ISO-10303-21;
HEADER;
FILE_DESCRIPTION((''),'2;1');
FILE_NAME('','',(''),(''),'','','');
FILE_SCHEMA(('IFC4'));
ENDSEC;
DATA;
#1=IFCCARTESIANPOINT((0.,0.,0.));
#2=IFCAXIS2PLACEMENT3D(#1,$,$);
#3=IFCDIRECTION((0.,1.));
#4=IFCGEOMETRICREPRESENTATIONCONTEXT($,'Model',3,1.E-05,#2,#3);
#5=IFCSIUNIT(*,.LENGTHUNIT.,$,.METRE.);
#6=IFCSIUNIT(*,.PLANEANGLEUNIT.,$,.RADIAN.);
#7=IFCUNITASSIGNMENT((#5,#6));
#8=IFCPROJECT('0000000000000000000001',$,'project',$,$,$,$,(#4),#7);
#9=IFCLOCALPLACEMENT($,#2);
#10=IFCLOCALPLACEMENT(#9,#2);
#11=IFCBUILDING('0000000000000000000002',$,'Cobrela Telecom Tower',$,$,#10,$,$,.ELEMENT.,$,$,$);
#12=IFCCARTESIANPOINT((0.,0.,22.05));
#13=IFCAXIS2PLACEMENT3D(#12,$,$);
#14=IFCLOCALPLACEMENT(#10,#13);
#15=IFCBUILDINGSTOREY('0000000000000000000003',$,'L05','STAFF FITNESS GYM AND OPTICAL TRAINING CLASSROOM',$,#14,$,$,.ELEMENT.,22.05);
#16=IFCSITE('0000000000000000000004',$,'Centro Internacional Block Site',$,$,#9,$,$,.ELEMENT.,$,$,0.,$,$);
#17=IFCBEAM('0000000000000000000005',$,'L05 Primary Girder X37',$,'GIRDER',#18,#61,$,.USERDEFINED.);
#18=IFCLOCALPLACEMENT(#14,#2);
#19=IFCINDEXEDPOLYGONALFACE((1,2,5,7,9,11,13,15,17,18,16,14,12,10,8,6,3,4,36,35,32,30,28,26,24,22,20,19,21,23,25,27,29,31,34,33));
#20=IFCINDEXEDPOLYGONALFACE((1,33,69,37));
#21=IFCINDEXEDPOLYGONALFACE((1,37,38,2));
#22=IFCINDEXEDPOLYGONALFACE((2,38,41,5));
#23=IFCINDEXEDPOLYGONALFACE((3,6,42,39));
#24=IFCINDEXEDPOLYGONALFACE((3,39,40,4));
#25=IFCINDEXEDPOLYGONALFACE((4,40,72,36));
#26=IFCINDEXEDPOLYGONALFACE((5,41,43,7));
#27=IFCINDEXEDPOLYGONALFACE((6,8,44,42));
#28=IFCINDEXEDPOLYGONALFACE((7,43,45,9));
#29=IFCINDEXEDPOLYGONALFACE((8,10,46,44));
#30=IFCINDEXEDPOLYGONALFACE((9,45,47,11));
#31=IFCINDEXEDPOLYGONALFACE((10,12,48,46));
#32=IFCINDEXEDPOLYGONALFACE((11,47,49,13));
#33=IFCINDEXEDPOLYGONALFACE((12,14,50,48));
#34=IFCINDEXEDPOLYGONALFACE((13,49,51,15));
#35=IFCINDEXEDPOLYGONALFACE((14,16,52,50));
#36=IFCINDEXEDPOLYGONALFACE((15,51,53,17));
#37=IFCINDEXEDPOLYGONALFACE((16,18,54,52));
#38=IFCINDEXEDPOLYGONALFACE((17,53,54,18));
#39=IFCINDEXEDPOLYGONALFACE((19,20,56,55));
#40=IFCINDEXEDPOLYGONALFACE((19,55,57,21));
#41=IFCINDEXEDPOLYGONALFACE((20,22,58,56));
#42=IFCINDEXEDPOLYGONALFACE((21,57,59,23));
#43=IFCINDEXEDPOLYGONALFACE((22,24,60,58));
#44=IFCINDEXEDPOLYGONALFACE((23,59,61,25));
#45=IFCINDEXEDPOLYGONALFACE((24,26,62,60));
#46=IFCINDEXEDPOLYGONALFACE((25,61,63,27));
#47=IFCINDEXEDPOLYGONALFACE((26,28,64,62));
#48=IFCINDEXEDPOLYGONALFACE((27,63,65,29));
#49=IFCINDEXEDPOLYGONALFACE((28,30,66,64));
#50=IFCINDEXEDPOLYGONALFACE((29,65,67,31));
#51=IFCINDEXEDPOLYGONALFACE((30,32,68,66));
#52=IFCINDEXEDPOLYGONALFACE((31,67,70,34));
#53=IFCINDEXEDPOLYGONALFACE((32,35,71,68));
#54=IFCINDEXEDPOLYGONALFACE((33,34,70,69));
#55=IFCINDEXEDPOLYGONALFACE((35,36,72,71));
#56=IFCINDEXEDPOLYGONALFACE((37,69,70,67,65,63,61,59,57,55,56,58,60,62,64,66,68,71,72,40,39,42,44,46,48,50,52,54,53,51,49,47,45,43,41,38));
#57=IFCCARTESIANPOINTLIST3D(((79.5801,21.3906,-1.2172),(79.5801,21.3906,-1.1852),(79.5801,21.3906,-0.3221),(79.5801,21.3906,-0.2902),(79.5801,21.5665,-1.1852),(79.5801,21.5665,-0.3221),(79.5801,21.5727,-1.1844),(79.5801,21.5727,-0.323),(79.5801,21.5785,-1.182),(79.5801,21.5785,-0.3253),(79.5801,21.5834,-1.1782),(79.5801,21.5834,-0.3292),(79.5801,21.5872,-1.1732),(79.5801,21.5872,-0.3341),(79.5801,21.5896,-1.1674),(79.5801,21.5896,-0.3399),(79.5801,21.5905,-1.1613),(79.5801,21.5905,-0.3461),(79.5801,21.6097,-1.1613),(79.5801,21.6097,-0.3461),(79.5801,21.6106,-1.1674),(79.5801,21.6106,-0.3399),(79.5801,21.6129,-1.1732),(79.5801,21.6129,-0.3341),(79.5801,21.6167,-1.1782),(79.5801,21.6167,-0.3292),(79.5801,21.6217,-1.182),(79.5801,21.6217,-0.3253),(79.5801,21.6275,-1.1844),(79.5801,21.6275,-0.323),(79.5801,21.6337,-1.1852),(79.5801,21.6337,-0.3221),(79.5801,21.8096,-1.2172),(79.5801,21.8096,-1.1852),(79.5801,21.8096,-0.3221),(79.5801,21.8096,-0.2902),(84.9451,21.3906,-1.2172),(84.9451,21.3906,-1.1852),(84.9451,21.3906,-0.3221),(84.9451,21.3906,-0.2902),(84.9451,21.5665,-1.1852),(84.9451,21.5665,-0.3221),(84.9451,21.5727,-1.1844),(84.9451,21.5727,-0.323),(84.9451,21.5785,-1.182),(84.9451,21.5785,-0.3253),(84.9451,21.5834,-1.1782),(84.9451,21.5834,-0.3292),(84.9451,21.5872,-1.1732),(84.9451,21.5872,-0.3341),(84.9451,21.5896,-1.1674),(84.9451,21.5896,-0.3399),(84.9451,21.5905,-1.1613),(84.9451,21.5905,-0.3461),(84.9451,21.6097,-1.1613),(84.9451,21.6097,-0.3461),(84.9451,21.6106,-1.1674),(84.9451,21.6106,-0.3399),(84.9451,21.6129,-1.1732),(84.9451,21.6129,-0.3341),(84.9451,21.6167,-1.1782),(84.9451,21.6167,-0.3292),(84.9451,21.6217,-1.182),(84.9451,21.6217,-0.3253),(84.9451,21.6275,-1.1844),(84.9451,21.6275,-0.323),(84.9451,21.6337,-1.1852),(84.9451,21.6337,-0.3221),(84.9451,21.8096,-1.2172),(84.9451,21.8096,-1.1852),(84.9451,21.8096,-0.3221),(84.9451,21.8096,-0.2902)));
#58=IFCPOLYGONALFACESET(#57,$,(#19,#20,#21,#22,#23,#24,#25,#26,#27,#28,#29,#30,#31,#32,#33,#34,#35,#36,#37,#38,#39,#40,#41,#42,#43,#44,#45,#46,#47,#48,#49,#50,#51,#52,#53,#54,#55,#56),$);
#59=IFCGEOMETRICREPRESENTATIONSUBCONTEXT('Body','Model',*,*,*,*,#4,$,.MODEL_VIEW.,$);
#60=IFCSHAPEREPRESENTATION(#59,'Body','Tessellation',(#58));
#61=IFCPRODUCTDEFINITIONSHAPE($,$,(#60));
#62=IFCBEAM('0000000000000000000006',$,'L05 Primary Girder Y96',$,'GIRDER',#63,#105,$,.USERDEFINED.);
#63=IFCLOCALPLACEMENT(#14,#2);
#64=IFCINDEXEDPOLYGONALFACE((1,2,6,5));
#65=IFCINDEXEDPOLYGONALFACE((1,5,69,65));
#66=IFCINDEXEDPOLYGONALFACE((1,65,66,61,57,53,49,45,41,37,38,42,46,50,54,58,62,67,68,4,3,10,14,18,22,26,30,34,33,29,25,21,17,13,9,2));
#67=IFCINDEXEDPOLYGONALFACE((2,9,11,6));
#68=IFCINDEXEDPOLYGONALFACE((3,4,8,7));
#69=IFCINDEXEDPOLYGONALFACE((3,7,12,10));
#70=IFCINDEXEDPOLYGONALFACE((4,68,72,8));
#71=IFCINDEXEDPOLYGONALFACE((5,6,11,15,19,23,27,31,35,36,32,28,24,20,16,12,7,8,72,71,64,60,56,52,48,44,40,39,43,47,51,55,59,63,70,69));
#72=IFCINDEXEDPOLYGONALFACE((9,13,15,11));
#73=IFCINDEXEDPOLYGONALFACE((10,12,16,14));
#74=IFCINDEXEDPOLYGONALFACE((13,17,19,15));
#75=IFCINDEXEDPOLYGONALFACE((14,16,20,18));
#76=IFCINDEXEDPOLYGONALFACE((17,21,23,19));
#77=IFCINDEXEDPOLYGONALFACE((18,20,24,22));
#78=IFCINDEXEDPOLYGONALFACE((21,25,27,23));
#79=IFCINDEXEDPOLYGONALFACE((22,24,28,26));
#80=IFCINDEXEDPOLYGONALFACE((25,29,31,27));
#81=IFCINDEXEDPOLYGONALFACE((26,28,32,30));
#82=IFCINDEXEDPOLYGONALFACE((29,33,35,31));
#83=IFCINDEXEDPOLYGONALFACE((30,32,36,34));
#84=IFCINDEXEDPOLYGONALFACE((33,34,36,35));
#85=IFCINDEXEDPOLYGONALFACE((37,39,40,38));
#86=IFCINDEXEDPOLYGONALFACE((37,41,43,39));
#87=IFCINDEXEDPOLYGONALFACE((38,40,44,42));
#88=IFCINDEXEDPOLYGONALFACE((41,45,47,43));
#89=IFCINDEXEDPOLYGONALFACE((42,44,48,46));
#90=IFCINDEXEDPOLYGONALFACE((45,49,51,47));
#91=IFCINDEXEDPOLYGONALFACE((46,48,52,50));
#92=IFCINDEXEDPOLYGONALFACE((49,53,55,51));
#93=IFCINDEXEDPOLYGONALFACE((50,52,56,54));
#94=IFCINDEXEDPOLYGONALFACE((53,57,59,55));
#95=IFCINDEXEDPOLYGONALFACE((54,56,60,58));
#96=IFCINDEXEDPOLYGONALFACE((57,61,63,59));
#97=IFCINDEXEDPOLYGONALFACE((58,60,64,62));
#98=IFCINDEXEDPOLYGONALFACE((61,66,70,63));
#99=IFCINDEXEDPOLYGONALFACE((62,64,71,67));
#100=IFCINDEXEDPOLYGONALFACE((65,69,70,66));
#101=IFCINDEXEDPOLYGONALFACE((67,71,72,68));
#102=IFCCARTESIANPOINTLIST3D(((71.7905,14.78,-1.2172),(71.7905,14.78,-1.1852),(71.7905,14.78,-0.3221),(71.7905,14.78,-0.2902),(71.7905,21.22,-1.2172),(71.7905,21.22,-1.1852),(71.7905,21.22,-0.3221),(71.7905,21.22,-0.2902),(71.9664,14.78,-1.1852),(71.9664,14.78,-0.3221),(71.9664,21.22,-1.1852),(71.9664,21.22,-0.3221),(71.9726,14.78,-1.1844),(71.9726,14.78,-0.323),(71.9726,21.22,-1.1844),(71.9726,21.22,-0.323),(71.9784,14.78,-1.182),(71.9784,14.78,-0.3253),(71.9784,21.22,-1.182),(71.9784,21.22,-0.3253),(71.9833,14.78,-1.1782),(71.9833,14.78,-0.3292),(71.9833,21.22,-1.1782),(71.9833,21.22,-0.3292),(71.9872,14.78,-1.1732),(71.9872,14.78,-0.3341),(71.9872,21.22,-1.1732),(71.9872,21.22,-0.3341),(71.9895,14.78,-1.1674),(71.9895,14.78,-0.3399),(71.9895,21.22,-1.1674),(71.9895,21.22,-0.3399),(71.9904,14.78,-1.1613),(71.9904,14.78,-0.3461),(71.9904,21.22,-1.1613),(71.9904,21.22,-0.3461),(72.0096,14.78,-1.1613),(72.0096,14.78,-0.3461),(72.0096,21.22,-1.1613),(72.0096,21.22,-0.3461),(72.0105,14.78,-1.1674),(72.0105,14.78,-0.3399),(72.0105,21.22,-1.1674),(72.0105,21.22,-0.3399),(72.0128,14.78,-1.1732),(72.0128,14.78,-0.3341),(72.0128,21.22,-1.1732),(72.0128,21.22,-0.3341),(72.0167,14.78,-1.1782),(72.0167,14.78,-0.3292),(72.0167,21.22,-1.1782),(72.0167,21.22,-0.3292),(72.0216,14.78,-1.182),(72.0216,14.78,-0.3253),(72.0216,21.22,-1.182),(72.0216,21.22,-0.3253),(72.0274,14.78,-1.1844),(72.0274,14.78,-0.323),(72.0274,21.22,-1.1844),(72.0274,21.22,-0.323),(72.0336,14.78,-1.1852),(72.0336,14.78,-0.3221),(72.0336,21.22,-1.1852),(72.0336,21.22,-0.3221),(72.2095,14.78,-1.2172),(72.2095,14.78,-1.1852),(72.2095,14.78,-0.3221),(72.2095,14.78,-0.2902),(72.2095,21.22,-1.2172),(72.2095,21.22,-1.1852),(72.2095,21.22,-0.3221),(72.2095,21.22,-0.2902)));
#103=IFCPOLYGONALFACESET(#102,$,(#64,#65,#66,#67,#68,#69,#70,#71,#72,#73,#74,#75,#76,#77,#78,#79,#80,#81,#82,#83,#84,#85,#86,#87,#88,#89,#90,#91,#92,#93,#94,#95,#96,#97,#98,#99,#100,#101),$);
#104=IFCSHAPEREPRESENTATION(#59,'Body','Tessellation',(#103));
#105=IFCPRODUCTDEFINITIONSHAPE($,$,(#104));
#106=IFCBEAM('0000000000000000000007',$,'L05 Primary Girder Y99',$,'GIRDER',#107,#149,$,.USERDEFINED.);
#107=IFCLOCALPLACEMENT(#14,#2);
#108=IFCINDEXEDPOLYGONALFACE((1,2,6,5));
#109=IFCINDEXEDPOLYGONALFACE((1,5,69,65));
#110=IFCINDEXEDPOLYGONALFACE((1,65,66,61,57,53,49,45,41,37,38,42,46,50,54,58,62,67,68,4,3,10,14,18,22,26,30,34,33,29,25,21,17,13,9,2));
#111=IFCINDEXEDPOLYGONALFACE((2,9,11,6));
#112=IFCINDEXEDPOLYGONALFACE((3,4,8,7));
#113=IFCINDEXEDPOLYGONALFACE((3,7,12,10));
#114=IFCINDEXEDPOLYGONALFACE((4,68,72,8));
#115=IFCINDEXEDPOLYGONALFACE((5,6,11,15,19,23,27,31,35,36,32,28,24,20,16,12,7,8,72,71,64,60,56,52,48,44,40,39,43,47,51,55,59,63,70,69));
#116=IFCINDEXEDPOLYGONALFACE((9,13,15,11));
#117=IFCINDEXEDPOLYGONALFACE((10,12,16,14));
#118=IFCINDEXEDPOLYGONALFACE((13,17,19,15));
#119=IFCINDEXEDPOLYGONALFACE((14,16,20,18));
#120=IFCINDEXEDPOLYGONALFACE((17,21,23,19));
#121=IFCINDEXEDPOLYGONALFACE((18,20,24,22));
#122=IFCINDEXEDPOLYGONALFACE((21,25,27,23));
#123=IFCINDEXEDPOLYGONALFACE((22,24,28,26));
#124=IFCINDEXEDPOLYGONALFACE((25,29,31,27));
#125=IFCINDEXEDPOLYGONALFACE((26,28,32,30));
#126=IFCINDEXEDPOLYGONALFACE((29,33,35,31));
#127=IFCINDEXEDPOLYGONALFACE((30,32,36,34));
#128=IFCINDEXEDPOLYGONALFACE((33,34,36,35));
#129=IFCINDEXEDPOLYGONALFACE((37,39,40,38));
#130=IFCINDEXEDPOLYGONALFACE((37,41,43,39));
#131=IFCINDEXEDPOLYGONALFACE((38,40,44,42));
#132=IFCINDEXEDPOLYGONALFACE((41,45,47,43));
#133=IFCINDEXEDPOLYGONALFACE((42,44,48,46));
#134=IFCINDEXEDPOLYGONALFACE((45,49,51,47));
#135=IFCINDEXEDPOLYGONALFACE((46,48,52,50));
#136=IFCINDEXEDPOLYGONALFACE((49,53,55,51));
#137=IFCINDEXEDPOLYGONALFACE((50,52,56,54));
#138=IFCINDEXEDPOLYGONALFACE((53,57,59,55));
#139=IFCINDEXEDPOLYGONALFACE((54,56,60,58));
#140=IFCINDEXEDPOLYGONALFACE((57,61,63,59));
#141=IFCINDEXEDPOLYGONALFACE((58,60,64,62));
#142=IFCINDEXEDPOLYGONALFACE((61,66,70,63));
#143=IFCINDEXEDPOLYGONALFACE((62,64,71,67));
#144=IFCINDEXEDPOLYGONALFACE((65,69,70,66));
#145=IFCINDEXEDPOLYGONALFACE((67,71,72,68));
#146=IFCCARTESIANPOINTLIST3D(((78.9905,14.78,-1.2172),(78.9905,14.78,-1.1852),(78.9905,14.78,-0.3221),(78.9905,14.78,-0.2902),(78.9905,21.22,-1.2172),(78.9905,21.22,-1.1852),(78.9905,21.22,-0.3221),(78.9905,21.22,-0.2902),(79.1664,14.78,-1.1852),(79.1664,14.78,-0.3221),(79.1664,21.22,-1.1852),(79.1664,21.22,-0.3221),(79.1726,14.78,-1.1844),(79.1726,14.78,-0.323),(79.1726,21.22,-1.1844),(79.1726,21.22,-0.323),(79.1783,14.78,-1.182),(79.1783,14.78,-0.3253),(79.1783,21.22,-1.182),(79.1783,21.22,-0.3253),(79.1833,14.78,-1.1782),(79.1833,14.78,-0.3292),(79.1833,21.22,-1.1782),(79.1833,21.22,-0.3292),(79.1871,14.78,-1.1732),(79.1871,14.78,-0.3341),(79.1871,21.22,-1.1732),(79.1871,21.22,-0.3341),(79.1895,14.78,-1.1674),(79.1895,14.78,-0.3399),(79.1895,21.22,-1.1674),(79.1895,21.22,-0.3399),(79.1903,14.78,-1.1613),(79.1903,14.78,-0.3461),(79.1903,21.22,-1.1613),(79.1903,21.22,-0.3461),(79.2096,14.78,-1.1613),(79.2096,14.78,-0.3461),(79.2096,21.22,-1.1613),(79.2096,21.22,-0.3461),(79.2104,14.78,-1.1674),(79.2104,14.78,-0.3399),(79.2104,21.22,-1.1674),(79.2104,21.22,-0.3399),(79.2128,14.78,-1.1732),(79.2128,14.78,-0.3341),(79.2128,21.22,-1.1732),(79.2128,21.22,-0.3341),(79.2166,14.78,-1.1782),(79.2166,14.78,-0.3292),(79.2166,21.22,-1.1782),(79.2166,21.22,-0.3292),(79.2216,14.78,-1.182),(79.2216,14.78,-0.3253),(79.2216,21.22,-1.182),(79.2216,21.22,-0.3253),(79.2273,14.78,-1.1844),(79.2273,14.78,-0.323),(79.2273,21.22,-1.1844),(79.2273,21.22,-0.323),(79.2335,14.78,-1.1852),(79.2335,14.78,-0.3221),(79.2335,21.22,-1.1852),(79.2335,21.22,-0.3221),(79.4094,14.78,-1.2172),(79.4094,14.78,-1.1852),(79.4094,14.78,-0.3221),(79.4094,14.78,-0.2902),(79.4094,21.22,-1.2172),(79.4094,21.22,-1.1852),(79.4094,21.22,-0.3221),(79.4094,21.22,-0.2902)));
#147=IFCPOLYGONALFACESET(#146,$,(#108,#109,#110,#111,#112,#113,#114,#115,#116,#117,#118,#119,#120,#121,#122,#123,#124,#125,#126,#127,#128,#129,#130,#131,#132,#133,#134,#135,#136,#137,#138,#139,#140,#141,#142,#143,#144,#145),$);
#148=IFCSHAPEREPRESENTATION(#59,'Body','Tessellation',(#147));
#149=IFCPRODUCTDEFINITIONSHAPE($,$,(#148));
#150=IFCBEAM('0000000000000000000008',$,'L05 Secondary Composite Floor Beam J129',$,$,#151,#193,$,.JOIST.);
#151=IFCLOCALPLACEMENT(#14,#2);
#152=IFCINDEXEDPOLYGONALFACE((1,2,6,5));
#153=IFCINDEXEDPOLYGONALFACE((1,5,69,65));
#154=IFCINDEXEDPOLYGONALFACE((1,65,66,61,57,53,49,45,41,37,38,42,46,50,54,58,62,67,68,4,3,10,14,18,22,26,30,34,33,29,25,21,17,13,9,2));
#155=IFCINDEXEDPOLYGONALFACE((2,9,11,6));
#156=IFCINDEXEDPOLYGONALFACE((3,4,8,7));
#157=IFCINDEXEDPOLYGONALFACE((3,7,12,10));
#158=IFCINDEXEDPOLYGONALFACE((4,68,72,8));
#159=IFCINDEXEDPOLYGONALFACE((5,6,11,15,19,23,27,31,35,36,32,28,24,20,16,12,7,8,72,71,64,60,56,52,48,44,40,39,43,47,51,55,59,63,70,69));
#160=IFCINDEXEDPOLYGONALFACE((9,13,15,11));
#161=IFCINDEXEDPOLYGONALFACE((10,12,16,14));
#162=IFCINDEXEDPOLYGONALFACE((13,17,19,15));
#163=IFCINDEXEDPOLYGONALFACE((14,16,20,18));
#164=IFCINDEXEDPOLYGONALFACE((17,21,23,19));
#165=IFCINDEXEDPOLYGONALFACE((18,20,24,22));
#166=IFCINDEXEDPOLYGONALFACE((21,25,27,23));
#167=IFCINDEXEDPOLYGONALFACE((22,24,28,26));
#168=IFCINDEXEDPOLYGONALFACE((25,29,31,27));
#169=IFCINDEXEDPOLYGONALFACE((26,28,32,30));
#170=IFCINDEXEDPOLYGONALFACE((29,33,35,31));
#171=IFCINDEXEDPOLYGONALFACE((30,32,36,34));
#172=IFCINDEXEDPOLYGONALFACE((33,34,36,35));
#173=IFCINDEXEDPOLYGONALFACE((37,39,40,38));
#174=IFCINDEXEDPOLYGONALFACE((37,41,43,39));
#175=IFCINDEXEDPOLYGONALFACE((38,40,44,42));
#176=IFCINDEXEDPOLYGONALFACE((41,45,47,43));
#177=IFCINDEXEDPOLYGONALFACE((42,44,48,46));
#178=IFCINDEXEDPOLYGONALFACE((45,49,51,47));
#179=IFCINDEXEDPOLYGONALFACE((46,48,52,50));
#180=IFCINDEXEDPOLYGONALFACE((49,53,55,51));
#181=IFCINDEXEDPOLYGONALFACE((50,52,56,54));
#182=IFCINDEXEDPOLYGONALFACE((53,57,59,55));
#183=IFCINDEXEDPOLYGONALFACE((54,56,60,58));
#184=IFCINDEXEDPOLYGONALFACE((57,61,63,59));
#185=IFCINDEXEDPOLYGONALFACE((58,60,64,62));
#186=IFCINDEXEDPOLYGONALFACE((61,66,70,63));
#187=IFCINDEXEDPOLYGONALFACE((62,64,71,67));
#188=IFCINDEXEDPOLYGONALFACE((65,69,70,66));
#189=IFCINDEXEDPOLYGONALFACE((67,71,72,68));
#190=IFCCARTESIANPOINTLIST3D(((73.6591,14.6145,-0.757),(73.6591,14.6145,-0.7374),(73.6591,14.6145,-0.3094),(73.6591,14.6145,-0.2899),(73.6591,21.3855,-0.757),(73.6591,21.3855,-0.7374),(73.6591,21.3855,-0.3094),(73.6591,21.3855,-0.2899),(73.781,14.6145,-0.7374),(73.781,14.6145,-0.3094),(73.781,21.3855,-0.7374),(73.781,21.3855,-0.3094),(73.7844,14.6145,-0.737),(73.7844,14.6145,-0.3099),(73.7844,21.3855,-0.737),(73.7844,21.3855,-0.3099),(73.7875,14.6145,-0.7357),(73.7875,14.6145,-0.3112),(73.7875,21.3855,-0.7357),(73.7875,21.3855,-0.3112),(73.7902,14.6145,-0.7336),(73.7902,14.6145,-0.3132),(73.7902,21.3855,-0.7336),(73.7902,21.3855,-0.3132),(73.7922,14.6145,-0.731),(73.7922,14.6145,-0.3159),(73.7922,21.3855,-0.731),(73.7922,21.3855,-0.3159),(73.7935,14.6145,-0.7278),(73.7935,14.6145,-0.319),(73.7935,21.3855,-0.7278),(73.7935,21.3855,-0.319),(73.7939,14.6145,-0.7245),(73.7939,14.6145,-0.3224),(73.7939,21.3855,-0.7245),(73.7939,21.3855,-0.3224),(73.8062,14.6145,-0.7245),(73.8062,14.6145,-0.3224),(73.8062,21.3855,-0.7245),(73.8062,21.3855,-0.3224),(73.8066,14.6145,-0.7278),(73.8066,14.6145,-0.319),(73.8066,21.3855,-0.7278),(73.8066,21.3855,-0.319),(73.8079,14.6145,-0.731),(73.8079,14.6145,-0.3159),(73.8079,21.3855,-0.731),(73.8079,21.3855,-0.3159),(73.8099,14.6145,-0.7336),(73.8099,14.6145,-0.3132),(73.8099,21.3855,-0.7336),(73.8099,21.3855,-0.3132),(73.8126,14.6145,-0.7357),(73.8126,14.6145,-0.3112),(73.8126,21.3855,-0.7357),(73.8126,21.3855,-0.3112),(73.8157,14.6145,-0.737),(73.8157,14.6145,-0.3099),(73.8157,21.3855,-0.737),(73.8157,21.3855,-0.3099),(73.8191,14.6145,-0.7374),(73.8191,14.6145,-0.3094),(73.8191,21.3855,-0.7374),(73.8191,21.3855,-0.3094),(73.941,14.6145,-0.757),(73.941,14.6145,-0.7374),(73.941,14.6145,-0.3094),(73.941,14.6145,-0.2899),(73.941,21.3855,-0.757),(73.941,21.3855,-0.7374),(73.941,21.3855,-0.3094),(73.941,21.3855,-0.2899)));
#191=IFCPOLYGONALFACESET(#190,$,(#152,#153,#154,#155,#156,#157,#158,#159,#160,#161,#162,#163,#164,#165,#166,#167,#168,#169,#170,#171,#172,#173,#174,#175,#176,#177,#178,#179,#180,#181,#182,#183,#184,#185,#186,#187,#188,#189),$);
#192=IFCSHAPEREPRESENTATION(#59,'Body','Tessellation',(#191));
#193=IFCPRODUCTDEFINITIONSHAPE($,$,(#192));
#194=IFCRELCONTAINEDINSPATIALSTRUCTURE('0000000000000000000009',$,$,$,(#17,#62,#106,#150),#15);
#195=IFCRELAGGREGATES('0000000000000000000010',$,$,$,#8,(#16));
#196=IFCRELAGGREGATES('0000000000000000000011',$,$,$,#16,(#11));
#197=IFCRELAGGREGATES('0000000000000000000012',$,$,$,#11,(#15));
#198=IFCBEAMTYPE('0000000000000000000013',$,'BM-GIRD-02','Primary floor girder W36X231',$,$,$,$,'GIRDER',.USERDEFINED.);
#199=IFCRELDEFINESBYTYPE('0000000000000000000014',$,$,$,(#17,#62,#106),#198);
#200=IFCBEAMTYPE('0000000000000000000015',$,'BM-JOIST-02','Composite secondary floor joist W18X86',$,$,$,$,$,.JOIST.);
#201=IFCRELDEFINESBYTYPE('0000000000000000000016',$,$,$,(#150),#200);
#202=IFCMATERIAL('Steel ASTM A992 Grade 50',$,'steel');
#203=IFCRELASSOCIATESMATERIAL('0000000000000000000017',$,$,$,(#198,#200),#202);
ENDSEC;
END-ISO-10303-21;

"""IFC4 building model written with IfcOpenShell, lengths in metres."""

from ifc_helpers import new_model, si_unit, direction, frame, origin, origin_2d, place, context, subcontext, project, spatial, i_section, extrude, material, material_profile, profile_set, type_object, element, save


model = new_model("IFC4")

# Units and contexts
model_context = context("Model", 3, precision=1e-05, world=origin(), true_north=direction((0.0, 1.0)))
body_context = subcontext(model_context, "Body", "Model", "MODEL_VIEW")
ifc_project = project(units=[si_unit("LENGTHUNIT", "METRE"), si_unit("PLANEANGLEUNIT", "RADIAN")], contexts=[model_context])

# Site, building, storey
site_placement = place(None, origin())
site = spatial("IfcSite", under=ifc_project, at=site_placement, Name="Centro Internacional Block Site", CompositionType="ELEMENT", RefElevation=0.0)
building_placement = place(site_placement, origin())
building = spatial("IfcBuilding", under=site, at=building_placement, Name="Cobrela Telecom Tower", CompositionType="ELEMENT")
storey_placement = place(building_placement, frame((0.0, 0.0, 22.05)))
storey = spatial("IfcBuildingStorey", under=building, at=storey_placement, Name="L05", Description="STAFF FITNESS GYM AND OPTICAL TRAINING CLASSROOM", CompositionType="ELEMENT", Elevation=22.05)

# Beams
ifc_material_1 = material(Name="Steel ASTM A992 Grade 50", Category="steel")
ifc_material_profile_1 = material_profile(ifc_material_1, i_section(OverallWidth=0.4189, OverallDepth=0.927, WebThickness=0.0193, FlangeThickness=0.032, FilletRadius=0.0239, at=origin_2d()), Name="W36X231")
ifc_profile_set_1 = profile_set([ifc_material_profile_1], Name="Steel ASTM A992 Grade 50")
beam_type_1 = type_object("IfcBeamType", Name="BM-GIRD-02", Description="Primary floor girder W36X231", ElementType="GIRDER", PredefinedType="USERDEFINED", material=ifc_profile_set_1)
beam_1_placement = place(storey_placement, frame((79.5801, 21.6001, -0.7537), z_axis=(1.0, 0.0, 0.0), x_axis=(0.0, 1.0, 0.0)))
element("IfcBeam", 1, at=beam_1_placement, inside=storey, type_object=beam_type_1, Name="L05 Primary Girder X37", ObjectType="GIRDER", PredefinedType="USERDEFINED", context=body_context, shape_type="SweptSolid", body=[
    extrude(i_section(OverallWidth=0.4189, OverallDepth=0.927, WebThickness=0.0193, FlangeThickness=0.032, FilletRadius=0.0239, at=origin_2d()), origin(), (0.0, 0.0, 1.0), 5.365),
])
for number, where, z_axis, x_axis, name in (
    (2, (72.0, 14.78, -0.7537), (0.0, 1.0, 0.0), (-1.0, 0.0, 0.0), "L05 Primary Girder Y96"),
    (3, (79.2, 14.78, -0.7537), (0.0, 1.0, 0.0), (-1.0, 0.0, 0.0), "L05 Primary Girder Y99"),
):
    element("IfcBeam", number, at=place(storey_placement, frame(where, z_axis=z_axis, x_axis=x_axis)), inside=storey, type_object=beam_type_1, Name=name, ObjectType="GIRDER", PredefinedType="USERDEFINED", context=body_context, shape_type="SweptSolid", body=[
        extrude(i_section(OverallWidth=0.4189, OverallDepth=0.927, WebThickness=0.0193, FlangeThickness=0.032, FilletRadius=0.0239, at=origin_2d()), origin(), (0.0, 0.0, 1.0), 6.4399),
    ])
ifc_material_profile_2 = material_profile(ifc_material_1, i_section(OverallWidth=0.282, OverallDepth=0.467, WebThickness=0.0122, FlangeThickness=0.0195, FilletRadius=0.0129, at=origin_2d()), Name="W18X86")
ifc_profile_set_2 = profile_set([ifc_material_profile_2], Name="Steel ASTM A992 Grade 50")
beam_type_2 = type_object("IfcBeamType", Name="BM-JOIST-02", Description="Composite secondary floor joist W18X86", PredefinedType="JOIST", material=ifc_profile_set_2)
for number, where, z_axis, x_axis, name in (
    (4, (73.8, 14.6145, -0.5234), (0.0, 1.0, 0.0), (-1.0, 0.0, 0.0), "L05 Secondary Composite Floor Beam J129"),
):
    element("IfcBeam", number, at=place(storey_placement, frame(where, z_axis=z_axis, x_axis=x_axis)), inside=storey, type_object=beam_type_2, Name=name, PredefinedType="JOIST", context=body_context, shape_type="SweptSolid", body=[
        extrude(i_section(OverallWidth=0.282, OverallDepth=0.467, WebThickness=0.0122, FlangeThickness=0.0195, FilletRadius=0.0129, at=origin_2d()), origin(), (0.0, 0.0, 1.0), 6.771),
    ])

save(model, "model.ifc")
